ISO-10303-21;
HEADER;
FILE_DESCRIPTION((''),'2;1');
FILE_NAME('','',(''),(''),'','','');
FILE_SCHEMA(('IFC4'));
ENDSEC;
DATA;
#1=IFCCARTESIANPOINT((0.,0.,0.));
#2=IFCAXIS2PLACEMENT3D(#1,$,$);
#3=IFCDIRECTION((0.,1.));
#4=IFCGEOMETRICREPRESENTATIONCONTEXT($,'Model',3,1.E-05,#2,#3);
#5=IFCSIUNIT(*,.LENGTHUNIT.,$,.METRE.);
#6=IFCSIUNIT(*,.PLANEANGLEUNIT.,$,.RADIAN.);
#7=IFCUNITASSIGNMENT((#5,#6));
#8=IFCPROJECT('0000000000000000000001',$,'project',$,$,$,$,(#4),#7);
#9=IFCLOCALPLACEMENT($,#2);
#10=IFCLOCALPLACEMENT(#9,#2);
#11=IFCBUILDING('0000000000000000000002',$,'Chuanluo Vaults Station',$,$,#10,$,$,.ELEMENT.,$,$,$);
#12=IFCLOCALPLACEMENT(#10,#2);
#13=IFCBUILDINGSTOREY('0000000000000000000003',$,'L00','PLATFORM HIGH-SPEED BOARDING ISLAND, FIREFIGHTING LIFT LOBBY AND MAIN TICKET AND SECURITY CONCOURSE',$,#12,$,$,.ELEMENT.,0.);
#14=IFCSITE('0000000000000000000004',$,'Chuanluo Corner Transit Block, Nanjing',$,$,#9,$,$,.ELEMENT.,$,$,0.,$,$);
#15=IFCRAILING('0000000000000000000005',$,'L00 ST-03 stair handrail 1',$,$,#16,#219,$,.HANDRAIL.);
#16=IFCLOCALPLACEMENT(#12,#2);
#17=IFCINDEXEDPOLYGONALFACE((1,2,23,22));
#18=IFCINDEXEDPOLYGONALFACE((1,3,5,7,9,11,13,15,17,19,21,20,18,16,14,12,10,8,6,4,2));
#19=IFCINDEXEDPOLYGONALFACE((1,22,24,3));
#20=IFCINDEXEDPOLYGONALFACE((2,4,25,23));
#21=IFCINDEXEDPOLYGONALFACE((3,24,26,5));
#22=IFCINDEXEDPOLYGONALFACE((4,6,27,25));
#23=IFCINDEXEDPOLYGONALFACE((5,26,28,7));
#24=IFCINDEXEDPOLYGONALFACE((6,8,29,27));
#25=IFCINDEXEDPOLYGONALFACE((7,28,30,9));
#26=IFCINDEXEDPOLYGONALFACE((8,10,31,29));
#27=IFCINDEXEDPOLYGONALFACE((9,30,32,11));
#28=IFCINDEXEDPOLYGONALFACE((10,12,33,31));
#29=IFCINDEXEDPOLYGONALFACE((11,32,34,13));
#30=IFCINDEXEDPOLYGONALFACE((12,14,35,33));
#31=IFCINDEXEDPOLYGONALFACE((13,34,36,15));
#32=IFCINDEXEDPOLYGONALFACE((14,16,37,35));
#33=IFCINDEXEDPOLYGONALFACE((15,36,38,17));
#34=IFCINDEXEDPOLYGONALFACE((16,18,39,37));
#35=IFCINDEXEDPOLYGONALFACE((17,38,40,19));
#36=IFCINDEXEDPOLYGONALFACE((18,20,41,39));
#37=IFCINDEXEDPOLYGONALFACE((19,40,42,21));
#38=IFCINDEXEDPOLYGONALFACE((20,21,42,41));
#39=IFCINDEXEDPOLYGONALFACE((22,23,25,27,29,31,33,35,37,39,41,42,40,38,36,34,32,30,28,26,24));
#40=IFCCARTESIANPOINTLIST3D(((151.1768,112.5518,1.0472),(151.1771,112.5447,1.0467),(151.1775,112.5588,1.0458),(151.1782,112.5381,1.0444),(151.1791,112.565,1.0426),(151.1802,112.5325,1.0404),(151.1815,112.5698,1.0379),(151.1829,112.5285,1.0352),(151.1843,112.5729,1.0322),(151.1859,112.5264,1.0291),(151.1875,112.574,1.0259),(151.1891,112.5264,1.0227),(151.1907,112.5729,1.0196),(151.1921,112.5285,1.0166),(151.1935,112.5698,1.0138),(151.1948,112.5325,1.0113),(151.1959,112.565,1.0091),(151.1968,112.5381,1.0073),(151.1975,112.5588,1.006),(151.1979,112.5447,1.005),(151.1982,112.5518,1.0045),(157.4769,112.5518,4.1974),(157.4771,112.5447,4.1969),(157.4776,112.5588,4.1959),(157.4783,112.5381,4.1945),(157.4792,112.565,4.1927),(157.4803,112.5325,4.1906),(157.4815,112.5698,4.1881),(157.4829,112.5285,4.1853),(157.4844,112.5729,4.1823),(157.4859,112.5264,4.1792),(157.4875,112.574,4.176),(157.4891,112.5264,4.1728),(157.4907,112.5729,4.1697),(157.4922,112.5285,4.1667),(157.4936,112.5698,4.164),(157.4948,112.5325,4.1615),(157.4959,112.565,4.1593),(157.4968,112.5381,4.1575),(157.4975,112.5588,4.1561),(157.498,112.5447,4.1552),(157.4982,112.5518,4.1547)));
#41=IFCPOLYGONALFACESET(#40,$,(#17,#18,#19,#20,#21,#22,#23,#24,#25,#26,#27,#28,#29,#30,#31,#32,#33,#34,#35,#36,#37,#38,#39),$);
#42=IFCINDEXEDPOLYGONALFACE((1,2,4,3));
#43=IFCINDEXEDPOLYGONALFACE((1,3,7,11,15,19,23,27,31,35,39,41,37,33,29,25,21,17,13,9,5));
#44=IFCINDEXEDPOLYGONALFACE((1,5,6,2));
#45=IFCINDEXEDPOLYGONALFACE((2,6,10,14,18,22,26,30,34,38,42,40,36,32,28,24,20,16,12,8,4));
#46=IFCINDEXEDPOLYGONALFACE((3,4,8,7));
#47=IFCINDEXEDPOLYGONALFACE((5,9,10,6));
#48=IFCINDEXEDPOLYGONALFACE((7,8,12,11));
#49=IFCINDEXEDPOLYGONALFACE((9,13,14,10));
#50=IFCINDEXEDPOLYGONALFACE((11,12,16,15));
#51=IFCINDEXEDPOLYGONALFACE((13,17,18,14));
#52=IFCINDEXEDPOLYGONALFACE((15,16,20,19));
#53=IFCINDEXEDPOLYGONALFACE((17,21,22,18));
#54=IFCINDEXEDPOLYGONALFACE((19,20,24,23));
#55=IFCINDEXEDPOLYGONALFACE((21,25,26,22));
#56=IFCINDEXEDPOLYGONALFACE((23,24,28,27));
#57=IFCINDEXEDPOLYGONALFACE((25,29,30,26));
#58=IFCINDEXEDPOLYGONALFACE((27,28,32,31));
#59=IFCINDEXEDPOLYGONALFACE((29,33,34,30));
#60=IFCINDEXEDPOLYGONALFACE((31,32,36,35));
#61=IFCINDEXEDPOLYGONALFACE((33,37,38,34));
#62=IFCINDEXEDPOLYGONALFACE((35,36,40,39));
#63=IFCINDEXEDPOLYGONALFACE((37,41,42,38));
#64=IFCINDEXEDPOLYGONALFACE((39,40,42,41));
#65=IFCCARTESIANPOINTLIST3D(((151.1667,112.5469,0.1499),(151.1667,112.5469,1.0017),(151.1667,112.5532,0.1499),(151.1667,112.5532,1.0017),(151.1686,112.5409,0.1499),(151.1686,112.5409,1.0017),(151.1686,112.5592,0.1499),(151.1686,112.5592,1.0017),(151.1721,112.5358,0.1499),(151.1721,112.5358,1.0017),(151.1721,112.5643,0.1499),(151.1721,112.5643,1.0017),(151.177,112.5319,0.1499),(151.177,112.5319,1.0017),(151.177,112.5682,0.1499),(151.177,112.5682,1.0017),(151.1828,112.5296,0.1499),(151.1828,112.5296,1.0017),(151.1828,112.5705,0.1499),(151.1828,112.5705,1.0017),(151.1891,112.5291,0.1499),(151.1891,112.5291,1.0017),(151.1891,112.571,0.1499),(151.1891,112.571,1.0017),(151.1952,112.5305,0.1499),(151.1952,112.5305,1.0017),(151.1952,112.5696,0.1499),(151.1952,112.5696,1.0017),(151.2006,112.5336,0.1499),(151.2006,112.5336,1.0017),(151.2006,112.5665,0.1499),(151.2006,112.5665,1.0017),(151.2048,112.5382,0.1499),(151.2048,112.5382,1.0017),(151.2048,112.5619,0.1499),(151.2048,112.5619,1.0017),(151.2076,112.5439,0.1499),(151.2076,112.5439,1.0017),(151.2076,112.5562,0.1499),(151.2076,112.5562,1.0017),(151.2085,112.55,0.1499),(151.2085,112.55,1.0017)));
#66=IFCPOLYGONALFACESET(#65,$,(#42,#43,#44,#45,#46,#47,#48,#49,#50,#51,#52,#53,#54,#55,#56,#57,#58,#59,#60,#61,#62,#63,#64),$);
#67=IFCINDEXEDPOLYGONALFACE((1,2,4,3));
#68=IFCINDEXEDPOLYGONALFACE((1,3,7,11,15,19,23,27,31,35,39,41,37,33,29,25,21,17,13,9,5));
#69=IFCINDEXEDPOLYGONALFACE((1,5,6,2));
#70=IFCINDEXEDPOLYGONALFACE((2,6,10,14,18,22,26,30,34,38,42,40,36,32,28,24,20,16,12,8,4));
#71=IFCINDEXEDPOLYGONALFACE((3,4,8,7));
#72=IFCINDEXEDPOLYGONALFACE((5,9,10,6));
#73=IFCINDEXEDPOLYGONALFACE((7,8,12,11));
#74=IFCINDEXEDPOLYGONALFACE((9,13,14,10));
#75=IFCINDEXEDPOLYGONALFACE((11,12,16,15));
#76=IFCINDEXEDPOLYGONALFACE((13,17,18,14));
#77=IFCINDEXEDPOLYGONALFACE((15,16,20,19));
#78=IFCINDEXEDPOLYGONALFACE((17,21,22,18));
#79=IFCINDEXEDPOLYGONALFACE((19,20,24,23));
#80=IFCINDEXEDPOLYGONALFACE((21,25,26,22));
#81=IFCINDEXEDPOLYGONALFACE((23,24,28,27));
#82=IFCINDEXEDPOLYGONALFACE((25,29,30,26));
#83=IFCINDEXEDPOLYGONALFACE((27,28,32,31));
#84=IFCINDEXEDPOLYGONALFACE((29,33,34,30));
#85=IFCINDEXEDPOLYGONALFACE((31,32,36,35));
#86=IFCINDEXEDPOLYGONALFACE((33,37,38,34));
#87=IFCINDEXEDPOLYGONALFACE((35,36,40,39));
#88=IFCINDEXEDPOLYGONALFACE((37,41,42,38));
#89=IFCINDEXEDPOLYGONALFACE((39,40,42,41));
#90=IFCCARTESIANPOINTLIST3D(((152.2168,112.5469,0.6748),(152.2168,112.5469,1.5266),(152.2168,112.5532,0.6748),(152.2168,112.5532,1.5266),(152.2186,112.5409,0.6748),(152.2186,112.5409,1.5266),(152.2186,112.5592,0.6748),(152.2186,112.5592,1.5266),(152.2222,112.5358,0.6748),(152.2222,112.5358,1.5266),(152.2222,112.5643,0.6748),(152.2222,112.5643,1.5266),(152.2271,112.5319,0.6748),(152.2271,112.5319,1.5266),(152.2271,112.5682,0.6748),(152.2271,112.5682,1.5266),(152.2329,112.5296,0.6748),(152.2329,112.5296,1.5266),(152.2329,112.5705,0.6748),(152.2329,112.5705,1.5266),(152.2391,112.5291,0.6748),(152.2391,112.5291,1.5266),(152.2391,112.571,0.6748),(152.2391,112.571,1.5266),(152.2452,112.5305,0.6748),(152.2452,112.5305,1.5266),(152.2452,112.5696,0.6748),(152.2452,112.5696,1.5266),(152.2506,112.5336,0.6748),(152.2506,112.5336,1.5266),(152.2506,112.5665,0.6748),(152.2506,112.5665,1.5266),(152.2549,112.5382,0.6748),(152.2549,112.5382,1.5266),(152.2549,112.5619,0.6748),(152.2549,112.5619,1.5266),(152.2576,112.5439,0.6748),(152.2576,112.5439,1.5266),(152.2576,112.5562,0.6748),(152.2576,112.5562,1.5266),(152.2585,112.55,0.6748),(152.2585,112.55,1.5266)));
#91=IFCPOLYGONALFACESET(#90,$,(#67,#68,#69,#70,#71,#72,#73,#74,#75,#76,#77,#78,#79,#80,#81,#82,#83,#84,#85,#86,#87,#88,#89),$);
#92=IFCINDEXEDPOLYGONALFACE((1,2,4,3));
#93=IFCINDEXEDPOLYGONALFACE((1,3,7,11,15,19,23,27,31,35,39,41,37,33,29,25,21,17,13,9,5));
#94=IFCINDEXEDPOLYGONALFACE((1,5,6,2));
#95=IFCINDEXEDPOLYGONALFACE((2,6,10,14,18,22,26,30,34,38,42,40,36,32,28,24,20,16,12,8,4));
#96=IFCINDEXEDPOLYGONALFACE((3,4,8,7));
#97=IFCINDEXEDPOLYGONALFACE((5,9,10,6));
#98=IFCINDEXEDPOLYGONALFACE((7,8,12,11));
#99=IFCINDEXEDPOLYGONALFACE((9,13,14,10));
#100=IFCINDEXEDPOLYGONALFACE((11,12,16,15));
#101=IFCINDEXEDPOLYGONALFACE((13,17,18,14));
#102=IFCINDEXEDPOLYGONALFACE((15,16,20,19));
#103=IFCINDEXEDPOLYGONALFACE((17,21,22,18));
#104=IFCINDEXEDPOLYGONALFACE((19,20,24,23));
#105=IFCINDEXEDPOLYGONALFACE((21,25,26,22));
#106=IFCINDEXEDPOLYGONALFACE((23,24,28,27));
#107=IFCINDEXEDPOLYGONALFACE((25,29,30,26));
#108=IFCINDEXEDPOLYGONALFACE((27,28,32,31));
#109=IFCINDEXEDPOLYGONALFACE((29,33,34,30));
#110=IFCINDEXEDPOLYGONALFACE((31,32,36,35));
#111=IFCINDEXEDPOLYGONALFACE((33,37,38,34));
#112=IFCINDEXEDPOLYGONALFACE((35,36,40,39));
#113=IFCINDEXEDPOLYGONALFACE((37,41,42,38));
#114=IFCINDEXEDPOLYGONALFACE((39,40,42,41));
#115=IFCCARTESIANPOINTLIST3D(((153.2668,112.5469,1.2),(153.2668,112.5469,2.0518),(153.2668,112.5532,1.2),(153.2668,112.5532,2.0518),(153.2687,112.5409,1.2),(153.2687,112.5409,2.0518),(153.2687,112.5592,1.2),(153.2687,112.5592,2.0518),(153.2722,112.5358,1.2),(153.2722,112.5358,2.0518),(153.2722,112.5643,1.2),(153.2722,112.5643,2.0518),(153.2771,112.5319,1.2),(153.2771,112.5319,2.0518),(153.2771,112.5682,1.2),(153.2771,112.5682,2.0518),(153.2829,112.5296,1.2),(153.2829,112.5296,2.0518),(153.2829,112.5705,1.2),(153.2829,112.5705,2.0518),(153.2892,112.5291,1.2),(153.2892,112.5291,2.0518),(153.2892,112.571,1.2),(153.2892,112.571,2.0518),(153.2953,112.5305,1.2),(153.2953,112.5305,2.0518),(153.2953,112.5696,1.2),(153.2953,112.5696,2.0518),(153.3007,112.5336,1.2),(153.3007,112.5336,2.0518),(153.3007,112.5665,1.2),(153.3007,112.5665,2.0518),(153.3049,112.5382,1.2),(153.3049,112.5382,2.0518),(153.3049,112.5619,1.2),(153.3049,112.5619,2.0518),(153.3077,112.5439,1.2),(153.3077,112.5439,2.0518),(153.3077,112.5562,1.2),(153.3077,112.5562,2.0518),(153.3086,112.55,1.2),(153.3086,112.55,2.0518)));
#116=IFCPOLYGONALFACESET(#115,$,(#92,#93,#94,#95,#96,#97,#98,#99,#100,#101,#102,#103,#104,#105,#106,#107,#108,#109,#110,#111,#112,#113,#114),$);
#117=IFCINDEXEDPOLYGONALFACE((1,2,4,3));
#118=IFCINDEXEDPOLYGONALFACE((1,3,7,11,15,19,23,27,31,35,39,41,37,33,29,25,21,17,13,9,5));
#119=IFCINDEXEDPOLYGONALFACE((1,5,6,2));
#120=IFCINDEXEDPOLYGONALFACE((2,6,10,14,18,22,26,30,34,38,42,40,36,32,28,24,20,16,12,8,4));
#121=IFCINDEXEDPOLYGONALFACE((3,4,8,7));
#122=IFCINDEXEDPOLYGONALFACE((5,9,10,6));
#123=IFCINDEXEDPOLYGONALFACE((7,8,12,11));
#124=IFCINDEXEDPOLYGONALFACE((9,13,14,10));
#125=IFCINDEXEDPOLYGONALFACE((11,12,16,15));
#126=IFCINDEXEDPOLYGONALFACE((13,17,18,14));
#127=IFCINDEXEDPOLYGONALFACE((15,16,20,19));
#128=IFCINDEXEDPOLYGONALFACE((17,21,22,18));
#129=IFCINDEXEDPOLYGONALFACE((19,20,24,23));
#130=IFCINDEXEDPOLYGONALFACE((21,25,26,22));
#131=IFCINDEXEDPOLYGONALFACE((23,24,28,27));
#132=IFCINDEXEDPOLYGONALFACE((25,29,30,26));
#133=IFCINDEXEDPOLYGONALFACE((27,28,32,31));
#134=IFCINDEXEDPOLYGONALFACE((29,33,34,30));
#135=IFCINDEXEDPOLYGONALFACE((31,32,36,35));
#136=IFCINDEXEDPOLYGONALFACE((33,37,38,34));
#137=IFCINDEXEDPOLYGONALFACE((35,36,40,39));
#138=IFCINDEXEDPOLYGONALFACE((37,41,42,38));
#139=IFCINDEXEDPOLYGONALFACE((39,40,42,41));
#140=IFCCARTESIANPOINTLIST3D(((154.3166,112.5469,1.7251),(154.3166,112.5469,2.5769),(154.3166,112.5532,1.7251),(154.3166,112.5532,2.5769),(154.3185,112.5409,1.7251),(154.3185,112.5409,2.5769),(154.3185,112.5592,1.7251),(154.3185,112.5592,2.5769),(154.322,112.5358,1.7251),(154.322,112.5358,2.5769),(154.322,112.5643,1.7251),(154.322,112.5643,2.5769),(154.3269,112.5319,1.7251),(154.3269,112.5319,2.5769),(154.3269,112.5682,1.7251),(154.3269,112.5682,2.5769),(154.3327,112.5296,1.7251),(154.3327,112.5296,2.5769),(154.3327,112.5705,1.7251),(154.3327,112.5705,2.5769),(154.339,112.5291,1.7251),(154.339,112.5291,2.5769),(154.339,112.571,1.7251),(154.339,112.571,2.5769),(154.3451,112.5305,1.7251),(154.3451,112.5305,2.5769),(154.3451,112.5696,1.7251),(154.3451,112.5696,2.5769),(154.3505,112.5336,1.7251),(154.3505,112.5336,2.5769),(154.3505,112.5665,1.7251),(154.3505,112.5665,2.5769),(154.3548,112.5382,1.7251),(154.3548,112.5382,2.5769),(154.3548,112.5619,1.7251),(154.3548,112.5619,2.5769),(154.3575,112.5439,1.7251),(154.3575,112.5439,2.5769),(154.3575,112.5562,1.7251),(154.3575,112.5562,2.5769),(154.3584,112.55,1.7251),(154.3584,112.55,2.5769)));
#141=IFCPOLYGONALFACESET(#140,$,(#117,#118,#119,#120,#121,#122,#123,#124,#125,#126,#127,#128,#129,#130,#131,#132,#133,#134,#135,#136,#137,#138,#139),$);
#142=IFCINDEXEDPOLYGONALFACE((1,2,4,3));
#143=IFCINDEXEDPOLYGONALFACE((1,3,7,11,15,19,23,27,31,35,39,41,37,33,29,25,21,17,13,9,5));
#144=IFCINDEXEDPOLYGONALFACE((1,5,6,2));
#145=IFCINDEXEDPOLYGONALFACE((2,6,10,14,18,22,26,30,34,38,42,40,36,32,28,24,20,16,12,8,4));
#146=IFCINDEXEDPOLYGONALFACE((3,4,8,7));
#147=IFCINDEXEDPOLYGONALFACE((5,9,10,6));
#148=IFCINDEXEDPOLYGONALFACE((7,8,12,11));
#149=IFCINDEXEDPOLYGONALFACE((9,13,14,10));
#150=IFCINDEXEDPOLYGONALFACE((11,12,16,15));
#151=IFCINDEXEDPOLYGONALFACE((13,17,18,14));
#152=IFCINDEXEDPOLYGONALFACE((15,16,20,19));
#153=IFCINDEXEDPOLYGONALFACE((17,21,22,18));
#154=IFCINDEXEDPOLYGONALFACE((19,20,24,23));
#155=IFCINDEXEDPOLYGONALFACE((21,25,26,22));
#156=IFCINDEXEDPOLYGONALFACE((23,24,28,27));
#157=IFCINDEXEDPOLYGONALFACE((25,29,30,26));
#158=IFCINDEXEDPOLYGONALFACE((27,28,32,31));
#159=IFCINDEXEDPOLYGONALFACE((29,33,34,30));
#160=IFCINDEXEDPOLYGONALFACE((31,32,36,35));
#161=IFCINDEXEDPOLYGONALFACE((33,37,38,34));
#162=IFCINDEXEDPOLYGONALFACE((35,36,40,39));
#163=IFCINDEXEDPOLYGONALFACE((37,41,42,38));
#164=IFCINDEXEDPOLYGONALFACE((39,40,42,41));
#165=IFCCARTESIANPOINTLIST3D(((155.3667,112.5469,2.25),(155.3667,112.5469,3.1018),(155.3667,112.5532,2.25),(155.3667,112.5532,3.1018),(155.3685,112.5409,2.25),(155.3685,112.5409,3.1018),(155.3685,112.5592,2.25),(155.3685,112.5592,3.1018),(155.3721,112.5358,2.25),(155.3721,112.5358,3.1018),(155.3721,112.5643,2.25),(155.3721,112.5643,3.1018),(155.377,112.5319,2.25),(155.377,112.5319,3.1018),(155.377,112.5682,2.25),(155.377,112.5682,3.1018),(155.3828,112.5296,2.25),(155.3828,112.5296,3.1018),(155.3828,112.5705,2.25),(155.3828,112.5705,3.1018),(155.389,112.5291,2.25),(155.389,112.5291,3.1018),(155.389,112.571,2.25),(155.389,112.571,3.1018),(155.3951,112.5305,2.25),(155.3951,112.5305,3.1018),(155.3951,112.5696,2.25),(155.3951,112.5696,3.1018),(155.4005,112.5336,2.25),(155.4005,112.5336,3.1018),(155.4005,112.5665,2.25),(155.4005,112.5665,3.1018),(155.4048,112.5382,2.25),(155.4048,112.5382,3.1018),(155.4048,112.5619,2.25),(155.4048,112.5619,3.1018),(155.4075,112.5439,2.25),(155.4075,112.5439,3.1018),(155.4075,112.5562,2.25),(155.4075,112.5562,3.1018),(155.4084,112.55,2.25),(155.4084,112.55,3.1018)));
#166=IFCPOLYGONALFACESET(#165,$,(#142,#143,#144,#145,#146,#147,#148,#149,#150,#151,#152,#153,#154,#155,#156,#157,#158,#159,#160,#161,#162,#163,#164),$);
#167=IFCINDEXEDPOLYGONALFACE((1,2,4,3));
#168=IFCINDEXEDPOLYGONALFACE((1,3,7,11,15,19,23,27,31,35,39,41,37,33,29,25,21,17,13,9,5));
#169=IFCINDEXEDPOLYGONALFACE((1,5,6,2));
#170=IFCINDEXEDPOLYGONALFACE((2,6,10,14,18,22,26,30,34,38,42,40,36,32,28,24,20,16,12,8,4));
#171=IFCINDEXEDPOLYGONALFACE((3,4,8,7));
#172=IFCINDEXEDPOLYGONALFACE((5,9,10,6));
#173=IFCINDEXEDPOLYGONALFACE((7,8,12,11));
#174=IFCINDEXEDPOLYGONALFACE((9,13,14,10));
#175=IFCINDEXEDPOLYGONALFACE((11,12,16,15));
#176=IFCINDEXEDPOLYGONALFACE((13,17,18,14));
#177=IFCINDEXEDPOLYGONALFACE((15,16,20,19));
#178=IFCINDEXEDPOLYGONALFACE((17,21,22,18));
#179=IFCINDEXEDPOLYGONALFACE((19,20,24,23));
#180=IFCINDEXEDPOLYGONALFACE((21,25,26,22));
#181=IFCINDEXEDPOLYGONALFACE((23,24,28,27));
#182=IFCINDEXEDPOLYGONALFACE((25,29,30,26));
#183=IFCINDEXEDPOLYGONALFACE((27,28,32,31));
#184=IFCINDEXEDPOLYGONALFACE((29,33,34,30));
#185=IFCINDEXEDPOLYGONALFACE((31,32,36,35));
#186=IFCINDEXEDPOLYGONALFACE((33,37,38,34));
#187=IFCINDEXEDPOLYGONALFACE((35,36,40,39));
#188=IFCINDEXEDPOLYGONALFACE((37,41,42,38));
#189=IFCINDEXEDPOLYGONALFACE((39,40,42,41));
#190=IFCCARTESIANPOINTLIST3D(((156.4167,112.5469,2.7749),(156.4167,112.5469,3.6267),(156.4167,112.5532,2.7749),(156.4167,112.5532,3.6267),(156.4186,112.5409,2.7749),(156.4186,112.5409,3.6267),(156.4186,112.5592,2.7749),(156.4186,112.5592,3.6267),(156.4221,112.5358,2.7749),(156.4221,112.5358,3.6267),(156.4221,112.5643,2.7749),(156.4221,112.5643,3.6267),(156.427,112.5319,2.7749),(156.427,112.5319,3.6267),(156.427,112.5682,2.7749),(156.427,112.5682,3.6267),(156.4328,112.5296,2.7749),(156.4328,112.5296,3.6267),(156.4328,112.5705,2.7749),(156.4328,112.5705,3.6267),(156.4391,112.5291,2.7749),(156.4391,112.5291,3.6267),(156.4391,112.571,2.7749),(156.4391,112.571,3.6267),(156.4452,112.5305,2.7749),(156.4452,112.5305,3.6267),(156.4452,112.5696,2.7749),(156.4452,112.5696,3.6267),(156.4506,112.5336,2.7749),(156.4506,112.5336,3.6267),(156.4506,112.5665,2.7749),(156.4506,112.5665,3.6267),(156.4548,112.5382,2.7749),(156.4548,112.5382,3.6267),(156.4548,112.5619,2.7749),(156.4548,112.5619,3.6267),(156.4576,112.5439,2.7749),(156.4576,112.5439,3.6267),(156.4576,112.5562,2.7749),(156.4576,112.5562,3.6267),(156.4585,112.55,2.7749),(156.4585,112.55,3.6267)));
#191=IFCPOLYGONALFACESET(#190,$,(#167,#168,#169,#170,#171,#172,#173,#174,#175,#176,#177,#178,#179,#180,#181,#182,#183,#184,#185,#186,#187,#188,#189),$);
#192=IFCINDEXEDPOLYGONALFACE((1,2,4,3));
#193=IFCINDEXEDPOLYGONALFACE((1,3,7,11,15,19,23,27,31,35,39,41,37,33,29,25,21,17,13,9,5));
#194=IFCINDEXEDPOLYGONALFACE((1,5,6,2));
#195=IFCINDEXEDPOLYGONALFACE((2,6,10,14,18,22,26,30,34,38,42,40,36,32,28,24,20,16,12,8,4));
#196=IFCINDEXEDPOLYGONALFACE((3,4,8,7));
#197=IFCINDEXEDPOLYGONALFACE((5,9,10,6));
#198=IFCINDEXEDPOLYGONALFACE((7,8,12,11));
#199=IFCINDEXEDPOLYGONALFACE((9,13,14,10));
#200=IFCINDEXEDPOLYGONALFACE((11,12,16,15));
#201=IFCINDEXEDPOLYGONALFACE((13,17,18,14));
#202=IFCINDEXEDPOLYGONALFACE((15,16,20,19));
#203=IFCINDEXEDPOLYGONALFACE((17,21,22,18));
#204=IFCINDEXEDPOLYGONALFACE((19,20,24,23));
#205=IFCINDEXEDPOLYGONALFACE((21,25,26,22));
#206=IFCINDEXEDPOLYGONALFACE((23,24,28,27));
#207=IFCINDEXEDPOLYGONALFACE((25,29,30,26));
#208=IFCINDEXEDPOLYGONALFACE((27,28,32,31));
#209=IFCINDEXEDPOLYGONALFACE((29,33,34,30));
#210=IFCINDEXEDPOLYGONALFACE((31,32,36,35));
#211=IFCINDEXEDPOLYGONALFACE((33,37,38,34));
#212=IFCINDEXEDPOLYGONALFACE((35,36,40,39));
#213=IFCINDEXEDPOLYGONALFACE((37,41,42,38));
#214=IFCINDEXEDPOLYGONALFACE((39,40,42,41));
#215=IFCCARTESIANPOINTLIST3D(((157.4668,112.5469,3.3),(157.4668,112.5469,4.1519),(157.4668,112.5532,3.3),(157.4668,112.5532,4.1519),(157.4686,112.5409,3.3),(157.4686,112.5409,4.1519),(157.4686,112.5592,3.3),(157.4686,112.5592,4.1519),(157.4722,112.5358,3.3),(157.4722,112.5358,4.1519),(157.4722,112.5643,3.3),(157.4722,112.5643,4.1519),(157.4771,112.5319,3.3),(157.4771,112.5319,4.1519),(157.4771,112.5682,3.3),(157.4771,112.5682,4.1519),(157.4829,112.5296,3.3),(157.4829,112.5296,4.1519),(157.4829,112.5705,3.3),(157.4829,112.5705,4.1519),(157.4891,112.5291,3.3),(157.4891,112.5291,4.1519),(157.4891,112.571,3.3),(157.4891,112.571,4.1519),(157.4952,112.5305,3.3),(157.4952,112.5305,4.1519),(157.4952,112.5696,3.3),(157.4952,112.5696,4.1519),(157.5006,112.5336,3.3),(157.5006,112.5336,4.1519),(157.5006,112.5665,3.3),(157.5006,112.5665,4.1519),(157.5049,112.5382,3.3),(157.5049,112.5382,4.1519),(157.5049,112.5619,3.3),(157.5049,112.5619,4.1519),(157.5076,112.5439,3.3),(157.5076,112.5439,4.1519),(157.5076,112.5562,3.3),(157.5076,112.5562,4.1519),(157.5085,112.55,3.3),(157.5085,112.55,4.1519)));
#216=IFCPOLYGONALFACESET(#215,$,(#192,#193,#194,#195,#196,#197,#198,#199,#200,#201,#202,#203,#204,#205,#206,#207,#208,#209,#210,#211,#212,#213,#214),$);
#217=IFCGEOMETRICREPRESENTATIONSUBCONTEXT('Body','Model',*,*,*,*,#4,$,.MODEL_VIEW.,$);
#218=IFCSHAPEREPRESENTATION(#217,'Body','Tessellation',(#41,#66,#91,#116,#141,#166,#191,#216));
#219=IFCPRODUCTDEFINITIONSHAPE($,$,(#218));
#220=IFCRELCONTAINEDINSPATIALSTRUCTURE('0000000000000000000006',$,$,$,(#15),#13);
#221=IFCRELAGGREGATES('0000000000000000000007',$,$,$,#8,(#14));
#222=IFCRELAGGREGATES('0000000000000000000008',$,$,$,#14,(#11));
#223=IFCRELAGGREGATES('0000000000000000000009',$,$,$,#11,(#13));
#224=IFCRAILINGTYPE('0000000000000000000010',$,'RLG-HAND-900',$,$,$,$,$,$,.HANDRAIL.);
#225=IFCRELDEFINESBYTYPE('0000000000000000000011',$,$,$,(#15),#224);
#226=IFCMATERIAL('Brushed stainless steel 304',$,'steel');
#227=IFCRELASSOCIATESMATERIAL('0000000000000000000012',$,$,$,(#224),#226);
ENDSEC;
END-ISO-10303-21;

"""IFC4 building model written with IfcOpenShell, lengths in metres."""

from ifc_helpers import new_model, si_unit, direction, frame, origin, origin_2d, place, context, subcontext, project, spatial, circle, extrude, material, type_object, element, save


model = new_model("IFC4")

# Units and contexts
model_context = context("Model", 3, precision=1e-05, world=origin(), true_north=direction((0.0, 1.0)))
body_context = subcontext(model_context, "Body", "Model", "MODEL_VIEW")
ifc_project = project(units=[si_unit("LENGTHUNIT", "METRE"), si_unit("PLANEANGLEUNIT", "RADIAN")], contexts=[model_context])

# Site, building, storey
site_placement = place(None, origin())
site = spatial("IfcSite", under=ifc_project, at=site_placement, Name="Chuanluo Corner Transit Block, Nanjing", CompositionType="ELEMENT", RefElevation=0.0)
building_placement = place(site_placement, origin())
building = spatial("IfcBuilding", under=site, at=building_placement, Name="Chuanluo Vaults Station", CompositionType="ELEMENT")
storey_placement = place(building_placement, origin())
storey = spatial("IfcBuildingStorey", under=building, at=storey_placement, Name="L00", Description="PLATFORM HIGH-SPEED BOARDING ISLAND, FIREFIGHTING LIFT LOBBY AND MAIN TICKET AND SECURITY CONCOURSE", CompositionType="ELEMENT", Elevation=0.0)

# Railing
ifc_material_1 = material(Name="Brushed stainless steel 304", Category="steel")
railing_type_1 = type_object("IfcRailingType", Name="RLG-HAND-900", PredefinedType="HANDRAIL", material=ifc_material_1)
railing_1_placement = place(storey_placement, frame((151.1875, 112.55, 0.1499)))
element("IfcRailing", 1, at=railing_1_placement, inside=storey, type_object=railing_type_1, Name="L00 ST-03 stair handrail 1", PredefinedType="HANDRAIL", context=body_context, shape_type="SweptSolid", body=[
    extrude(circle(Radius=0.0239, at=origin_2d()), frame((0.0, 0.0, 0.876), z_axis=(0.89442, 0.0, 0.447227), x_axis=(0.0, 1.0, 0.0)), (0.0, 0.0, 1.0), 7.0437),
    extrude(circle(Radius=0.021, at=origin_2d()), origin(), (0.0, 0.0, 1.0), 0.8518),
    extrude(circle(Radius=0.021, at=origin_2d()), frame((1.05, 0.0, 0.5249)), (0.0, 0.0, 1.0), 0.8518),
    extrude(circle(Radius=0.021, at=origin_2d()), frame((2.1001, 0.0, 1.05)), (0.0, 0.0, 1.0), 0.8518),
    extrude(circle(Radius=0.021, at=origin_2d()), frame((3.1499, 0.0, 1.5752)), (0.0, 0.0, 1.0), 0.8518),
    extrude(circle(Radius=0.021, at=origin_2d()), frame((4.2, 0.0, 2.1001)), (0.0, 0.0, 1.0), 0.8518),
    extrude(circle(Radius=0.021, at=origin_2d()), frame((5.25, 0.0, 2.625)), (0.0, 0.0, 1.0), 0.8518),
    extrude(circle(Radius=0.021, at=origin_2d()), frame((6.3, 0.0, 3.1501)), (0.0, 0.0, 1.0), 0.8518),
])

save(model, "model.ifc")
